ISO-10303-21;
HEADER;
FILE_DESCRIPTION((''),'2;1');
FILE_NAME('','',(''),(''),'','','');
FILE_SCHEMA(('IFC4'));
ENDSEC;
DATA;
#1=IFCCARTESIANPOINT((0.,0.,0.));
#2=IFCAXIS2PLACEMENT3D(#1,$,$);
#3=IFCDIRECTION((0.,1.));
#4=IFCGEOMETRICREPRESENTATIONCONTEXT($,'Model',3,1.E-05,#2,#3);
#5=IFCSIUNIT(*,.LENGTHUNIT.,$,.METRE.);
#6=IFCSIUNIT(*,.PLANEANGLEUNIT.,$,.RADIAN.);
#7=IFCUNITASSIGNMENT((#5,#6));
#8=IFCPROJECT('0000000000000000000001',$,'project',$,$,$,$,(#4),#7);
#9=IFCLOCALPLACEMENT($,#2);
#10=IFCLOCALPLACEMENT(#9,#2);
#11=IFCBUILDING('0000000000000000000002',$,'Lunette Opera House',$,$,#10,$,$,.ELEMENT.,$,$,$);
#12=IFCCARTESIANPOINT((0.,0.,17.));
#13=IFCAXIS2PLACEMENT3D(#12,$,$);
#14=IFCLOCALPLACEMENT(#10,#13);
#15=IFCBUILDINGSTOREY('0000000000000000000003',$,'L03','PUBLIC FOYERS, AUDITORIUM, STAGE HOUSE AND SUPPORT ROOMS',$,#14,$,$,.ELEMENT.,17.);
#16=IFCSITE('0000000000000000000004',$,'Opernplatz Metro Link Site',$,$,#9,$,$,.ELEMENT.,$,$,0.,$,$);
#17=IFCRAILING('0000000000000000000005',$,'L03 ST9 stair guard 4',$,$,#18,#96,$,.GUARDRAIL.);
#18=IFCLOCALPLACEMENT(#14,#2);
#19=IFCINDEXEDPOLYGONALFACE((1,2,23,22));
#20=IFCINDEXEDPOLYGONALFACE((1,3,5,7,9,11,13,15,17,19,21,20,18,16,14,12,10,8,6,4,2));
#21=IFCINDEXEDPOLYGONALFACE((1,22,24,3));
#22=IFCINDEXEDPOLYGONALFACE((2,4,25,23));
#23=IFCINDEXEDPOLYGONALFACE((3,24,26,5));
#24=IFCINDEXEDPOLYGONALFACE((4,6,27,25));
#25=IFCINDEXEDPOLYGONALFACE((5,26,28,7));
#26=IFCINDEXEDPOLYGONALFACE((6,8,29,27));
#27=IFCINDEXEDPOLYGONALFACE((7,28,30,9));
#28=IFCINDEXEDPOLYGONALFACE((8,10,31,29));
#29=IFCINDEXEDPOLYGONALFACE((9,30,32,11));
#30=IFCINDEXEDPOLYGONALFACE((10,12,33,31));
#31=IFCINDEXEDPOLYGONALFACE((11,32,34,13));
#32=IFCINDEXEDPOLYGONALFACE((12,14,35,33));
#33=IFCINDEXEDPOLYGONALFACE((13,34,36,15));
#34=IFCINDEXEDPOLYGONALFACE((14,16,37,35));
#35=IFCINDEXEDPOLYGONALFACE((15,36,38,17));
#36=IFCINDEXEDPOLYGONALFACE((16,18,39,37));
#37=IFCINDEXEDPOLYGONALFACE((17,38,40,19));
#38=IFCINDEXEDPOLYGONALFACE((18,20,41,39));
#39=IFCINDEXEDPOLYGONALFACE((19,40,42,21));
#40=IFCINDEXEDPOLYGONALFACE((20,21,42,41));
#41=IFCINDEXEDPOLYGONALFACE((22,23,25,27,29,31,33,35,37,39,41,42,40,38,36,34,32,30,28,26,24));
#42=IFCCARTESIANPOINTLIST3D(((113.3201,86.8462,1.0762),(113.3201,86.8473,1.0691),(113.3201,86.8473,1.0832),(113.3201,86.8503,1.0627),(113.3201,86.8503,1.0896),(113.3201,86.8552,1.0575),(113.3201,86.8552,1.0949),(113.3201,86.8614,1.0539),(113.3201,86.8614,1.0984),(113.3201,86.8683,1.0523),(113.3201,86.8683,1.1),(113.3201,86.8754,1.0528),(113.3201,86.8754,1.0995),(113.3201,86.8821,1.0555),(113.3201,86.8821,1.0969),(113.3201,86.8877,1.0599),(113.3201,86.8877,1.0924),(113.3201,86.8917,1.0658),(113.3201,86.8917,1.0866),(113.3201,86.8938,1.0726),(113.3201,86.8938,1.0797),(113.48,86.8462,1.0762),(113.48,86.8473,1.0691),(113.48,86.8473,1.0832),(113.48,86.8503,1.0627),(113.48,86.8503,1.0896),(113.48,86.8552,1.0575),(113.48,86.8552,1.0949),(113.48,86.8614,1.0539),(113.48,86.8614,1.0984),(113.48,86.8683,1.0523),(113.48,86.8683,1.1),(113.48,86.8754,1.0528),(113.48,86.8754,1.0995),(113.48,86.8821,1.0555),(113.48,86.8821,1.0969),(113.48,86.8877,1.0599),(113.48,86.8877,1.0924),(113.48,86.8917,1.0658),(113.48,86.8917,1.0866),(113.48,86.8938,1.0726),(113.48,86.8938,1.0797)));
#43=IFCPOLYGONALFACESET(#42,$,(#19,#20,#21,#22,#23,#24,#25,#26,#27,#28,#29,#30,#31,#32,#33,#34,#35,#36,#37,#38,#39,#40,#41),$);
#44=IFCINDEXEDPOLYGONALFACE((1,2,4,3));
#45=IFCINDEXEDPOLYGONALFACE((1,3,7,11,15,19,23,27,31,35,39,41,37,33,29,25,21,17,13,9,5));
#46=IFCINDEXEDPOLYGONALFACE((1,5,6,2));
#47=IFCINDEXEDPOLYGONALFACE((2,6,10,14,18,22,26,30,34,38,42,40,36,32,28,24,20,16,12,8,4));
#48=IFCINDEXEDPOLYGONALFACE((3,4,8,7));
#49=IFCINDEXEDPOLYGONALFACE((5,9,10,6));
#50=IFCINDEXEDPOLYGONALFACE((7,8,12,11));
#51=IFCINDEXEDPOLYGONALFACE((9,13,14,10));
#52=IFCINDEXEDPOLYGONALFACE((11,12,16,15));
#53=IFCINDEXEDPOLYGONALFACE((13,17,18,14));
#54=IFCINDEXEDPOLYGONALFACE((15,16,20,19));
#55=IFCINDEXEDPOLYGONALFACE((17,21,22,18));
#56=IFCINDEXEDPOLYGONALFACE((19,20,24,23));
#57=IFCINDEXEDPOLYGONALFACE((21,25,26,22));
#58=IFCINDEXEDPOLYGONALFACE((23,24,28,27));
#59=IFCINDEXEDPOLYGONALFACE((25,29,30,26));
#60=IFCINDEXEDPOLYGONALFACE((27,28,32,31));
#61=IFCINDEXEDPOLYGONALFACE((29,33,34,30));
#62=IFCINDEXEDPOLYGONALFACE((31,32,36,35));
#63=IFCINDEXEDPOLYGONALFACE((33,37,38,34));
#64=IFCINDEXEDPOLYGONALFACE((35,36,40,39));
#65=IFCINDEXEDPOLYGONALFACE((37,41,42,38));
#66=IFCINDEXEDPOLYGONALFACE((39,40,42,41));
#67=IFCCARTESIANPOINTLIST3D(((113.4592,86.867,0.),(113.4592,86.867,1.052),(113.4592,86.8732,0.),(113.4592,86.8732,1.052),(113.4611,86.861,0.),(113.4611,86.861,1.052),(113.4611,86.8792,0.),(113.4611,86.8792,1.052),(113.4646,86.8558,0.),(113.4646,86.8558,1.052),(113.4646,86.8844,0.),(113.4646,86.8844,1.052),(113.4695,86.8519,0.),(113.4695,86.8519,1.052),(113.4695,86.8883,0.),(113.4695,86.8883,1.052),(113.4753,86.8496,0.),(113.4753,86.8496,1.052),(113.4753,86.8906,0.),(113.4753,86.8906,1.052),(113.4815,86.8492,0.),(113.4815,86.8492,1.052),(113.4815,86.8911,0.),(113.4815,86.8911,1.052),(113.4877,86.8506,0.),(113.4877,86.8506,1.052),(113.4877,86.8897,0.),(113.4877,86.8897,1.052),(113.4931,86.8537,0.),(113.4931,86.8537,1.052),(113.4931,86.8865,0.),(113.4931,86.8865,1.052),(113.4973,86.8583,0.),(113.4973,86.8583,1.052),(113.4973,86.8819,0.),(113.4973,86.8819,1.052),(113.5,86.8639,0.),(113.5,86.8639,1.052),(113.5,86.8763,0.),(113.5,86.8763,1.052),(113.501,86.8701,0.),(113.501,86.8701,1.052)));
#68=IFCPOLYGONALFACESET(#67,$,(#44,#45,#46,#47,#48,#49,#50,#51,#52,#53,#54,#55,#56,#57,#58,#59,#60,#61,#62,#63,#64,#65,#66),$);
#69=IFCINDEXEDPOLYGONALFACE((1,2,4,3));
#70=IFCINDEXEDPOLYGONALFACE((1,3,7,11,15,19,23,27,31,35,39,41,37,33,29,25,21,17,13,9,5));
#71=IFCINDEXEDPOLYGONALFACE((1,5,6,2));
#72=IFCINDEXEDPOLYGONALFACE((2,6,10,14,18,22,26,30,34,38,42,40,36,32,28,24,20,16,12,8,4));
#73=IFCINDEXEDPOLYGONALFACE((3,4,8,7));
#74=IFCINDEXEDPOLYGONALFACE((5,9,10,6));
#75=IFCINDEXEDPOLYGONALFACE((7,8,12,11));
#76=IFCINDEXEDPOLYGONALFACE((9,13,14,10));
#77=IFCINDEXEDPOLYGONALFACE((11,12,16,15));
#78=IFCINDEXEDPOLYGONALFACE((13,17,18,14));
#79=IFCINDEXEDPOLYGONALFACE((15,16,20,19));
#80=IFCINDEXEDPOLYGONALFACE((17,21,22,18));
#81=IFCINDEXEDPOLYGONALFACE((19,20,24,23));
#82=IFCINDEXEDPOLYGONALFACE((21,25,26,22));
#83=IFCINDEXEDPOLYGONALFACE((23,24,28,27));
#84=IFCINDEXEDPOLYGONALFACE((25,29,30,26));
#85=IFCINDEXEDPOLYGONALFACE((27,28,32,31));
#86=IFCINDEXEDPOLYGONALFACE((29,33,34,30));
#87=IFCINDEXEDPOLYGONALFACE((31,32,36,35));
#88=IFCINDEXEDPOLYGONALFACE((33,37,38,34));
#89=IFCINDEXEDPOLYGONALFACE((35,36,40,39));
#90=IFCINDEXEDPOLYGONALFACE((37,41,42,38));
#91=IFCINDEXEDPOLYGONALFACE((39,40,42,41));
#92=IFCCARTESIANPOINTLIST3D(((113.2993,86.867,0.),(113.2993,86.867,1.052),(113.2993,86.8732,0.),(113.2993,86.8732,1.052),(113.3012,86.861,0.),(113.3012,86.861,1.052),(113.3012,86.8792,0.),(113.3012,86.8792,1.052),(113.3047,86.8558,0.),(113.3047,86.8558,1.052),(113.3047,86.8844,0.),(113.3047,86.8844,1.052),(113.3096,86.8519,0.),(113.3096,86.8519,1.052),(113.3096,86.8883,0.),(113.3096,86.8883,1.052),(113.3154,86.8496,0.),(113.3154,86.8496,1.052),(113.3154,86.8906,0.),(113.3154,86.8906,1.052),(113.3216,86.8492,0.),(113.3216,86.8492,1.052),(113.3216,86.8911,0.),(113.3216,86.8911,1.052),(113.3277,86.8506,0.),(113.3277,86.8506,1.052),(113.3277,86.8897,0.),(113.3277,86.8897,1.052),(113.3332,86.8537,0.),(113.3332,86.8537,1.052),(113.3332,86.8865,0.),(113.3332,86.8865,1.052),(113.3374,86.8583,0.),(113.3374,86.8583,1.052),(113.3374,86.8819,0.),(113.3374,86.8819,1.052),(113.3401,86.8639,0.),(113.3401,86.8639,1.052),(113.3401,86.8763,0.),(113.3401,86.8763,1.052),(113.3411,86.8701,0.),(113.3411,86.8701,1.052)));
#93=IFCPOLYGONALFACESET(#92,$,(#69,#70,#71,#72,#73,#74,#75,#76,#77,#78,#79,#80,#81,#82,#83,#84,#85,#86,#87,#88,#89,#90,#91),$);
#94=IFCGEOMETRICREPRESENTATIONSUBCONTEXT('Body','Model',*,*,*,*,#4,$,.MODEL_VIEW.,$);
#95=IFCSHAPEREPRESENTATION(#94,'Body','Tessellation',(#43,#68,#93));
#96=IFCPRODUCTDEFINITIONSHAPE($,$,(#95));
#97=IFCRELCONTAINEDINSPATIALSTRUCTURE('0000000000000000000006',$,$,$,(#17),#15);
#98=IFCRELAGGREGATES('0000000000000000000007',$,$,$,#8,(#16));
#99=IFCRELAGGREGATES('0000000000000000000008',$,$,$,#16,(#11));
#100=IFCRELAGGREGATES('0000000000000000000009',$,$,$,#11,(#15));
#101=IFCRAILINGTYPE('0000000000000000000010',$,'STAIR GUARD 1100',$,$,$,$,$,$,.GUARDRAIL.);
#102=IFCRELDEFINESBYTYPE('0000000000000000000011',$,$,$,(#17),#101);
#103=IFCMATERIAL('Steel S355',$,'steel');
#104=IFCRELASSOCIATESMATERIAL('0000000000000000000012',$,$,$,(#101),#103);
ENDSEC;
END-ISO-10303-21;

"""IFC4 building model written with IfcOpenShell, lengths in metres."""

from ifc_helpers import new_model, si_unit, direction, frame, origin, origin_2d, place, context, subcontext, project, spatial, circle, extrude, material, type_object, element, save


model = new_model("IFC4")

# Units and contexts
model_context = context("Model", 3, precision=1e-05, world=origin(), true_north=direction((0.0, 1.0)))
body_context = subcontext(model_context, "Body", "Model", "MODEL_VIEW")
ifc_project = project(units=[si_unit("LENGTHUNIT", "METRE"), si_unit("PLANEANGLEUNIT", "RADIAN")], contexts=[model_context])

# Site, building, storey
site_placement = place(None, origin())
site = spatial("IfcSite", under=ifc_project, at=site_placement, Name="Opernplatz Metro Link Site", CompositionType="ELEMENT", RefElevation=0.0)
building_placement = place(site_placement, origin())
building = spatial("IfcBuilding", under=site, at=building_placement, Name="Lunette Opera House", CompositionType="ELEMENT")
storey_placement = place(building_placement, frame((0.0, 0.0, 17.0)))
storey = spatial("IfcBuildingStorey", under=building, at=storey_placement, Name="L03", Description="PUBLIC FOYERS, AUDITORIUM, STAGE HOUSE AND SUPPORT ROOMS", CompositionType="ELEMENT", Elevation=17.0)

# Railing
ifc_material_1 = material(Name="Steel S355", Category="steel")
railing_type_1 = type_object("IfcRailingType", Name="STAIR GUARD 1100", PredefinedType="GUARDRAIL", material=ifc_material_1)
railing_1_placement = place(storey_placement, frame((113.48, 86.8701, 0.0)))
element("IfcRailing", 1, at=railing_1_placement, inside=storey, type_object=railing_type_1, Name="L03 ST9 stair guard 4", PredefinedType="GUARDRAIL", context=body_context, shape_type="SweptSolid", body=[
    extrude(circle(Radius=0.0239, at=origin_2d()), frame((0.0, 0.0, 1.0762), z_axis=(-1.0, 0.0, 0.0), x_axis=(0.0, -1.0, 0.0)), (0.0, 0.0, 1.0), 0.1599),
    extrude(circle(Radius=0.021, at=origin_2d()), origin(), (0.0, 0.0, 1.0), 1.052),
    extrude(circle(Radius=0.021, at=origin_2d()), frame((-0.1599, 0.0, 0.0)), (0.0, 0.0, 1.0), 1.052),
])

save(model, "model.ifc")
